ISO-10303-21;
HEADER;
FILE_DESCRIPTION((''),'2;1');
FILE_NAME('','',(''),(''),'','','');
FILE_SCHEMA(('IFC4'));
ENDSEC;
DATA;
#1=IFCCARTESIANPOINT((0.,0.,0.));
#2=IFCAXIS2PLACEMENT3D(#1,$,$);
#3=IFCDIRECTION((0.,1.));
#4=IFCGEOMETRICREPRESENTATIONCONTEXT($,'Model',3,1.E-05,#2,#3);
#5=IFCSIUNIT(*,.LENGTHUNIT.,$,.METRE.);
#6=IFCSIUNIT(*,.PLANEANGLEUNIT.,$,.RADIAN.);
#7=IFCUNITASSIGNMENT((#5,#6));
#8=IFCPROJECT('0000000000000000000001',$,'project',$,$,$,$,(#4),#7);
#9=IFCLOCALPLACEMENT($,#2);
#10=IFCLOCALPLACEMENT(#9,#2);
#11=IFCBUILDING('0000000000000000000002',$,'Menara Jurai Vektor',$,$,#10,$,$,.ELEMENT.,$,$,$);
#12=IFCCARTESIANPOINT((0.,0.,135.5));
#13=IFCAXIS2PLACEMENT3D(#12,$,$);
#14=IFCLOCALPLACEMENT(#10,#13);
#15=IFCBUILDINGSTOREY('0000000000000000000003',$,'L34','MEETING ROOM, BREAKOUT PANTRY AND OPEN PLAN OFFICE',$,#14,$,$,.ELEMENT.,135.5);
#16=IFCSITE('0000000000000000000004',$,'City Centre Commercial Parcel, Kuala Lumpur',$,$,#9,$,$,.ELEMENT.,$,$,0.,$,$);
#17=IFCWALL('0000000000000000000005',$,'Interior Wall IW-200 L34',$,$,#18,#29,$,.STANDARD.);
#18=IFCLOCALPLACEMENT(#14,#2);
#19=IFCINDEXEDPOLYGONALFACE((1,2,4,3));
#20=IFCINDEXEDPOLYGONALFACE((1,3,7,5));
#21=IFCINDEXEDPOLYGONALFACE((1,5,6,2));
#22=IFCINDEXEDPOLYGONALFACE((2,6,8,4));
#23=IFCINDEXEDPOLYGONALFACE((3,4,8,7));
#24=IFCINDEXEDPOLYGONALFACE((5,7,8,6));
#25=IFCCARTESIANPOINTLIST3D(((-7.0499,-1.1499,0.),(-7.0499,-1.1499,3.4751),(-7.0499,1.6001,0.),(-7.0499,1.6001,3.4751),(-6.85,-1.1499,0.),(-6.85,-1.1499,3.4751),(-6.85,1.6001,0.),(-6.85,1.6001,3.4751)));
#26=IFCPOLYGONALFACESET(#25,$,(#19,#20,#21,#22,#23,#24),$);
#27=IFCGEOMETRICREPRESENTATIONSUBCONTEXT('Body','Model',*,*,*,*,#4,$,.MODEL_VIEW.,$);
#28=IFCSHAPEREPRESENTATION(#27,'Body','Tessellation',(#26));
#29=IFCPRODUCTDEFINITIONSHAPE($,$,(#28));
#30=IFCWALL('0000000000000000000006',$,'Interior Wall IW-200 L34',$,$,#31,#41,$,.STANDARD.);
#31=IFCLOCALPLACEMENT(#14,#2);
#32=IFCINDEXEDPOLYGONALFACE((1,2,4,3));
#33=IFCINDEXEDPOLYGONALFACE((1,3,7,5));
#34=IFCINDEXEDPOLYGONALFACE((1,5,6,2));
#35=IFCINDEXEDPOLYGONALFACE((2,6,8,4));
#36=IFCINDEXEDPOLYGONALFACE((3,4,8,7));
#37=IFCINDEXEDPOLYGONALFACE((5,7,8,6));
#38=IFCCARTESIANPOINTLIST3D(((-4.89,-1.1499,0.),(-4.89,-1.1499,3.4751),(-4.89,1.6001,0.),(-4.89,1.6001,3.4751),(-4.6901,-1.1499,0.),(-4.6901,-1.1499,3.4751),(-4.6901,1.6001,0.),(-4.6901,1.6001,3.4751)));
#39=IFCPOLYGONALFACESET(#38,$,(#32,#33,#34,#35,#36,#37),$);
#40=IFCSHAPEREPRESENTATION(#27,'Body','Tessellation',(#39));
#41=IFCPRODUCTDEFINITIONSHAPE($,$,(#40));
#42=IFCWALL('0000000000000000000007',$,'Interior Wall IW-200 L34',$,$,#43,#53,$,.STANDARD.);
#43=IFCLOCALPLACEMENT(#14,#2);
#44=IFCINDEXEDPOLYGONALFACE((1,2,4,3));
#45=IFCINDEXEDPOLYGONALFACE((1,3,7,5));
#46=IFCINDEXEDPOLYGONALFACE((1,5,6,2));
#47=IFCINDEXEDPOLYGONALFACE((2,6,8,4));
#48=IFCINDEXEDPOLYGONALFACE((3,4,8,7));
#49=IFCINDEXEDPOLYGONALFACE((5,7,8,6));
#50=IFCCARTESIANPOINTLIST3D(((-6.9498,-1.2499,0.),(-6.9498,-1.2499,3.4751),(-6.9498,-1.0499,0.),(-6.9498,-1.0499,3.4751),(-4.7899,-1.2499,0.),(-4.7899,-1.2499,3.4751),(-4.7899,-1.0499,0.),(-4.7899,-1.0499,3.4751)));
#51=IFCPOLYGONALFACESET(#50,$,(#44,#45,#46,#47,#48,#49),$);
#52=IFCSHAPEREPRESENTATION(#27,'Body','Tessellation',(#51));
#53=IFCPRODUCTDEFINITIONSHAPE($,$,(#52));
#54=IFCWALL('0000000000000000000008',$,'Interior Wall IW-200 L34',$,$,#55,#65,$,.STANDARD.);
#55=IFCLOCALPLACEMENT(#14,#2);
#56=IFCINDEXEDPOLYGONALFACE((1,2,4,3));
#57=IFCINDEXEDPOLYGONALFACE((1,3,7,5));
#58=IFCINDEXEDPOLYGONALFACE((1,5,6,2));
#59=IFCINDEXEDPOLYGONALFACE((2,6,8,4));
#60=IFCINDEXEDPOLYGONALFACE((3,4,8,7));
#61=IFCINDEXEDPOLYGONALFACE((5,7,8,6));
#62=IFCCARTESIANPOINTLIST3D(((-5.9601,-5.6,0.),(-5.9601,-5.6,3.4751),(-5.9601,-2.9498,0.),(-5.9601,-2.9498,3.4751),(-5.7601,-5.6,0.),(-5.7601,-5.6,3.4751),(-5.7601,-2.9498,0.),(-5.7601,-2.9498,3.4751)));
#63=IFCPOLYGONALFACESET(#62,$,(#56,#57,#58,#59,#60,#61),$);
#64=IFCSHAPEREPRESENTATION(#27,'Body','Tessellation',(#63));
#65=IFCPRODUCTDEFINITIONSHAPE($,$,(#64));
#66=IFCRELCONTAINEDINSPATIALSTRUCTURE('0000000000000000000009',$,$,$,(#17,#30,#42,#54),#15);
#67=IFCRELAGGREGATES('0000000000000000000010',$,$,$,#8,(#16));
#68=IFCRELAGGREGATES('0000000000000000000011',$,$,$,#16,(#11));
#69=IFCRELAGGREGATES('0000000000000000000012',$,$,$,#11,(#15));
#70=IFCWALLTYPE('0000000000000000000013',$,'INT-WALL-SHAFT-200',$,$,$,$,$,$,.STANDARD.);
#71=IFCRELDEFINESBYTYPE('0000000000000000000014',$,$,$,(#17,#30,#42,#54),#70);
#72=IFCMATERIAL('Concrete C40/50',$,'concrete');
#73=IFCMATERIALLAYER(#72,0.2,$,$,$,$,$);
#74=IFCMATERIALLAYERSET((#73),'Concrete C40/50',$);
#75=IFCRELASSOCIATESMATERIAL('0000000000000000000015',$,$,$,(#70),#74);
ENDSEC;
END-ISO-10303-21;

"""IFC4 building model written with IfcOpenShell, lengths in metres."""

from ifc_helpers import new_model, si_unit, direction, frame, frame_2d, origin, place, context, subcontext, project, spatial, rectangle, extrude, material, layer, layer_set, type_object, element, save


model = new_model("IFC4")

# Units and contexts
model_context = context("Model", 3, precision=1e-05, world=origin(), true_north=direction((0.0, 1.0)))
body_context = subcontext(model_context, "Body", "Model", "MODEL_VIEW")
ifc_project = project(units=[si_unit("LENGTHUNIT", "METRE"), si_unit("PLANEANGLEUNIT", "RADIAN")], contexts=[model_context])

# Site, building, storey
site_placement = place(None, origin())
site = spatial("IfcSite", under=ifc_project, at=site_placement, Name="City Centre Commercial Parcel, Kuala Lumpur", CompositionType="ELEMENT", RefElevation=0.0)
building_placement = place(site_placement, origin())
building = spatial("IfcBuilding", under=site, at=building_placement, Name="Menara Jurai Vektor", CompositionType="ELEMENT")
storey_placement = place(building_placement, frame((0.0, 0.0, 135.5)))
storey = spatial("IfcBuildingStorey", under=building, at=storey_placement, Name="L34", Description="MEETING ROOM, BREAKOUT PANTRY AND OPEN PLAN OFFICE", CompositionType="ELEMENT", Elevation=135.5)

# Shared definitions
ifc_material_1 = material(Name="Concrete C40/50", Category="concrete")
ifc_layer_1 = layer(ifc_material_1, 0.2)
ifc_layer_set_1 = layer_set([ifc_layer_1], Name="Concrete C40/50")
wall_type_1 = type_object("IfcWallType", Name="INT-WALL-SHAFT-200", PredefinedType="STANDARD", material=ifc_layer_set_1)

# Walls
for number, where, z_axis, x_axis, name in (
    (1, (-6.95, -1.1499, 0.0), (0.0, 0.0, 1.0), (0.0, 1.0, 0.0), "Interior Wall IW-200 L34"),
    (2, (-4.79, -1.1499, 0.0), (0.0, 0.0, 1.0), (0.0, 1.0, 0.0), "Interior Wall IW-200 L34"),
):
    element("IfcWall", number, at=place(storey_placement, frame(where, z_axis=z_axis, x_axis=x_axis)), inside=storey, type_object=wall_type_1, Name=name, PredefinedType="STANDARD", context=body_context, shape_type="SweptSolid", body=[
        extrude(rectangle(XDim=2.75, YDim=0.2, at=frame_2d((1.375, 0.0))), origin(), (0.0, 0.0, 1.0), 3.4751),
    ])
wall_1_placement = place(storey_placement, frame((-6.95, -1.1499, 0.0), z_axis=(0.0, 0.0, 1.0), x_axis=(1.0, 0.0, 0.0)))
element("IfcWall", 3, at=wall_1_placement, inside=storey, type_object=wall_type_1, Name="Interior Wall IW-200 L34", PredefinedType="STANDARD", context=body_context, shape_type="SweptSolid", body=[
    extrude(rectangle(XDim=2.1599, YDim=0.2, at=frame_2d((1.0801, 0.0))), origin(), (0.0, 0.0, 1.0), 3.4751),
])
wall_2_placement = place(storey_placement, frame((-5.8601, -5.6001, 0.0), z_axis=(0.0, 0.0, 1.0), x_axis=(0.0, 1.0, 0.0)))
element("IfcWall", 4, at=wall_2_placement, inside=storey, type_object=wall_type_1, Name="Interior Wall IW-200 L34", PredefinedType="STANDARD", context=body_context, shape_type="SweptSolid", body=[
    extrude(rectangle(XDim=2.6501, YDim=0.2, at=frame_2d((1.3252, 0.0))), origin(), (0.0, 0.0, 1.0), 3.4751),
])

save(model, "model.ifc")
